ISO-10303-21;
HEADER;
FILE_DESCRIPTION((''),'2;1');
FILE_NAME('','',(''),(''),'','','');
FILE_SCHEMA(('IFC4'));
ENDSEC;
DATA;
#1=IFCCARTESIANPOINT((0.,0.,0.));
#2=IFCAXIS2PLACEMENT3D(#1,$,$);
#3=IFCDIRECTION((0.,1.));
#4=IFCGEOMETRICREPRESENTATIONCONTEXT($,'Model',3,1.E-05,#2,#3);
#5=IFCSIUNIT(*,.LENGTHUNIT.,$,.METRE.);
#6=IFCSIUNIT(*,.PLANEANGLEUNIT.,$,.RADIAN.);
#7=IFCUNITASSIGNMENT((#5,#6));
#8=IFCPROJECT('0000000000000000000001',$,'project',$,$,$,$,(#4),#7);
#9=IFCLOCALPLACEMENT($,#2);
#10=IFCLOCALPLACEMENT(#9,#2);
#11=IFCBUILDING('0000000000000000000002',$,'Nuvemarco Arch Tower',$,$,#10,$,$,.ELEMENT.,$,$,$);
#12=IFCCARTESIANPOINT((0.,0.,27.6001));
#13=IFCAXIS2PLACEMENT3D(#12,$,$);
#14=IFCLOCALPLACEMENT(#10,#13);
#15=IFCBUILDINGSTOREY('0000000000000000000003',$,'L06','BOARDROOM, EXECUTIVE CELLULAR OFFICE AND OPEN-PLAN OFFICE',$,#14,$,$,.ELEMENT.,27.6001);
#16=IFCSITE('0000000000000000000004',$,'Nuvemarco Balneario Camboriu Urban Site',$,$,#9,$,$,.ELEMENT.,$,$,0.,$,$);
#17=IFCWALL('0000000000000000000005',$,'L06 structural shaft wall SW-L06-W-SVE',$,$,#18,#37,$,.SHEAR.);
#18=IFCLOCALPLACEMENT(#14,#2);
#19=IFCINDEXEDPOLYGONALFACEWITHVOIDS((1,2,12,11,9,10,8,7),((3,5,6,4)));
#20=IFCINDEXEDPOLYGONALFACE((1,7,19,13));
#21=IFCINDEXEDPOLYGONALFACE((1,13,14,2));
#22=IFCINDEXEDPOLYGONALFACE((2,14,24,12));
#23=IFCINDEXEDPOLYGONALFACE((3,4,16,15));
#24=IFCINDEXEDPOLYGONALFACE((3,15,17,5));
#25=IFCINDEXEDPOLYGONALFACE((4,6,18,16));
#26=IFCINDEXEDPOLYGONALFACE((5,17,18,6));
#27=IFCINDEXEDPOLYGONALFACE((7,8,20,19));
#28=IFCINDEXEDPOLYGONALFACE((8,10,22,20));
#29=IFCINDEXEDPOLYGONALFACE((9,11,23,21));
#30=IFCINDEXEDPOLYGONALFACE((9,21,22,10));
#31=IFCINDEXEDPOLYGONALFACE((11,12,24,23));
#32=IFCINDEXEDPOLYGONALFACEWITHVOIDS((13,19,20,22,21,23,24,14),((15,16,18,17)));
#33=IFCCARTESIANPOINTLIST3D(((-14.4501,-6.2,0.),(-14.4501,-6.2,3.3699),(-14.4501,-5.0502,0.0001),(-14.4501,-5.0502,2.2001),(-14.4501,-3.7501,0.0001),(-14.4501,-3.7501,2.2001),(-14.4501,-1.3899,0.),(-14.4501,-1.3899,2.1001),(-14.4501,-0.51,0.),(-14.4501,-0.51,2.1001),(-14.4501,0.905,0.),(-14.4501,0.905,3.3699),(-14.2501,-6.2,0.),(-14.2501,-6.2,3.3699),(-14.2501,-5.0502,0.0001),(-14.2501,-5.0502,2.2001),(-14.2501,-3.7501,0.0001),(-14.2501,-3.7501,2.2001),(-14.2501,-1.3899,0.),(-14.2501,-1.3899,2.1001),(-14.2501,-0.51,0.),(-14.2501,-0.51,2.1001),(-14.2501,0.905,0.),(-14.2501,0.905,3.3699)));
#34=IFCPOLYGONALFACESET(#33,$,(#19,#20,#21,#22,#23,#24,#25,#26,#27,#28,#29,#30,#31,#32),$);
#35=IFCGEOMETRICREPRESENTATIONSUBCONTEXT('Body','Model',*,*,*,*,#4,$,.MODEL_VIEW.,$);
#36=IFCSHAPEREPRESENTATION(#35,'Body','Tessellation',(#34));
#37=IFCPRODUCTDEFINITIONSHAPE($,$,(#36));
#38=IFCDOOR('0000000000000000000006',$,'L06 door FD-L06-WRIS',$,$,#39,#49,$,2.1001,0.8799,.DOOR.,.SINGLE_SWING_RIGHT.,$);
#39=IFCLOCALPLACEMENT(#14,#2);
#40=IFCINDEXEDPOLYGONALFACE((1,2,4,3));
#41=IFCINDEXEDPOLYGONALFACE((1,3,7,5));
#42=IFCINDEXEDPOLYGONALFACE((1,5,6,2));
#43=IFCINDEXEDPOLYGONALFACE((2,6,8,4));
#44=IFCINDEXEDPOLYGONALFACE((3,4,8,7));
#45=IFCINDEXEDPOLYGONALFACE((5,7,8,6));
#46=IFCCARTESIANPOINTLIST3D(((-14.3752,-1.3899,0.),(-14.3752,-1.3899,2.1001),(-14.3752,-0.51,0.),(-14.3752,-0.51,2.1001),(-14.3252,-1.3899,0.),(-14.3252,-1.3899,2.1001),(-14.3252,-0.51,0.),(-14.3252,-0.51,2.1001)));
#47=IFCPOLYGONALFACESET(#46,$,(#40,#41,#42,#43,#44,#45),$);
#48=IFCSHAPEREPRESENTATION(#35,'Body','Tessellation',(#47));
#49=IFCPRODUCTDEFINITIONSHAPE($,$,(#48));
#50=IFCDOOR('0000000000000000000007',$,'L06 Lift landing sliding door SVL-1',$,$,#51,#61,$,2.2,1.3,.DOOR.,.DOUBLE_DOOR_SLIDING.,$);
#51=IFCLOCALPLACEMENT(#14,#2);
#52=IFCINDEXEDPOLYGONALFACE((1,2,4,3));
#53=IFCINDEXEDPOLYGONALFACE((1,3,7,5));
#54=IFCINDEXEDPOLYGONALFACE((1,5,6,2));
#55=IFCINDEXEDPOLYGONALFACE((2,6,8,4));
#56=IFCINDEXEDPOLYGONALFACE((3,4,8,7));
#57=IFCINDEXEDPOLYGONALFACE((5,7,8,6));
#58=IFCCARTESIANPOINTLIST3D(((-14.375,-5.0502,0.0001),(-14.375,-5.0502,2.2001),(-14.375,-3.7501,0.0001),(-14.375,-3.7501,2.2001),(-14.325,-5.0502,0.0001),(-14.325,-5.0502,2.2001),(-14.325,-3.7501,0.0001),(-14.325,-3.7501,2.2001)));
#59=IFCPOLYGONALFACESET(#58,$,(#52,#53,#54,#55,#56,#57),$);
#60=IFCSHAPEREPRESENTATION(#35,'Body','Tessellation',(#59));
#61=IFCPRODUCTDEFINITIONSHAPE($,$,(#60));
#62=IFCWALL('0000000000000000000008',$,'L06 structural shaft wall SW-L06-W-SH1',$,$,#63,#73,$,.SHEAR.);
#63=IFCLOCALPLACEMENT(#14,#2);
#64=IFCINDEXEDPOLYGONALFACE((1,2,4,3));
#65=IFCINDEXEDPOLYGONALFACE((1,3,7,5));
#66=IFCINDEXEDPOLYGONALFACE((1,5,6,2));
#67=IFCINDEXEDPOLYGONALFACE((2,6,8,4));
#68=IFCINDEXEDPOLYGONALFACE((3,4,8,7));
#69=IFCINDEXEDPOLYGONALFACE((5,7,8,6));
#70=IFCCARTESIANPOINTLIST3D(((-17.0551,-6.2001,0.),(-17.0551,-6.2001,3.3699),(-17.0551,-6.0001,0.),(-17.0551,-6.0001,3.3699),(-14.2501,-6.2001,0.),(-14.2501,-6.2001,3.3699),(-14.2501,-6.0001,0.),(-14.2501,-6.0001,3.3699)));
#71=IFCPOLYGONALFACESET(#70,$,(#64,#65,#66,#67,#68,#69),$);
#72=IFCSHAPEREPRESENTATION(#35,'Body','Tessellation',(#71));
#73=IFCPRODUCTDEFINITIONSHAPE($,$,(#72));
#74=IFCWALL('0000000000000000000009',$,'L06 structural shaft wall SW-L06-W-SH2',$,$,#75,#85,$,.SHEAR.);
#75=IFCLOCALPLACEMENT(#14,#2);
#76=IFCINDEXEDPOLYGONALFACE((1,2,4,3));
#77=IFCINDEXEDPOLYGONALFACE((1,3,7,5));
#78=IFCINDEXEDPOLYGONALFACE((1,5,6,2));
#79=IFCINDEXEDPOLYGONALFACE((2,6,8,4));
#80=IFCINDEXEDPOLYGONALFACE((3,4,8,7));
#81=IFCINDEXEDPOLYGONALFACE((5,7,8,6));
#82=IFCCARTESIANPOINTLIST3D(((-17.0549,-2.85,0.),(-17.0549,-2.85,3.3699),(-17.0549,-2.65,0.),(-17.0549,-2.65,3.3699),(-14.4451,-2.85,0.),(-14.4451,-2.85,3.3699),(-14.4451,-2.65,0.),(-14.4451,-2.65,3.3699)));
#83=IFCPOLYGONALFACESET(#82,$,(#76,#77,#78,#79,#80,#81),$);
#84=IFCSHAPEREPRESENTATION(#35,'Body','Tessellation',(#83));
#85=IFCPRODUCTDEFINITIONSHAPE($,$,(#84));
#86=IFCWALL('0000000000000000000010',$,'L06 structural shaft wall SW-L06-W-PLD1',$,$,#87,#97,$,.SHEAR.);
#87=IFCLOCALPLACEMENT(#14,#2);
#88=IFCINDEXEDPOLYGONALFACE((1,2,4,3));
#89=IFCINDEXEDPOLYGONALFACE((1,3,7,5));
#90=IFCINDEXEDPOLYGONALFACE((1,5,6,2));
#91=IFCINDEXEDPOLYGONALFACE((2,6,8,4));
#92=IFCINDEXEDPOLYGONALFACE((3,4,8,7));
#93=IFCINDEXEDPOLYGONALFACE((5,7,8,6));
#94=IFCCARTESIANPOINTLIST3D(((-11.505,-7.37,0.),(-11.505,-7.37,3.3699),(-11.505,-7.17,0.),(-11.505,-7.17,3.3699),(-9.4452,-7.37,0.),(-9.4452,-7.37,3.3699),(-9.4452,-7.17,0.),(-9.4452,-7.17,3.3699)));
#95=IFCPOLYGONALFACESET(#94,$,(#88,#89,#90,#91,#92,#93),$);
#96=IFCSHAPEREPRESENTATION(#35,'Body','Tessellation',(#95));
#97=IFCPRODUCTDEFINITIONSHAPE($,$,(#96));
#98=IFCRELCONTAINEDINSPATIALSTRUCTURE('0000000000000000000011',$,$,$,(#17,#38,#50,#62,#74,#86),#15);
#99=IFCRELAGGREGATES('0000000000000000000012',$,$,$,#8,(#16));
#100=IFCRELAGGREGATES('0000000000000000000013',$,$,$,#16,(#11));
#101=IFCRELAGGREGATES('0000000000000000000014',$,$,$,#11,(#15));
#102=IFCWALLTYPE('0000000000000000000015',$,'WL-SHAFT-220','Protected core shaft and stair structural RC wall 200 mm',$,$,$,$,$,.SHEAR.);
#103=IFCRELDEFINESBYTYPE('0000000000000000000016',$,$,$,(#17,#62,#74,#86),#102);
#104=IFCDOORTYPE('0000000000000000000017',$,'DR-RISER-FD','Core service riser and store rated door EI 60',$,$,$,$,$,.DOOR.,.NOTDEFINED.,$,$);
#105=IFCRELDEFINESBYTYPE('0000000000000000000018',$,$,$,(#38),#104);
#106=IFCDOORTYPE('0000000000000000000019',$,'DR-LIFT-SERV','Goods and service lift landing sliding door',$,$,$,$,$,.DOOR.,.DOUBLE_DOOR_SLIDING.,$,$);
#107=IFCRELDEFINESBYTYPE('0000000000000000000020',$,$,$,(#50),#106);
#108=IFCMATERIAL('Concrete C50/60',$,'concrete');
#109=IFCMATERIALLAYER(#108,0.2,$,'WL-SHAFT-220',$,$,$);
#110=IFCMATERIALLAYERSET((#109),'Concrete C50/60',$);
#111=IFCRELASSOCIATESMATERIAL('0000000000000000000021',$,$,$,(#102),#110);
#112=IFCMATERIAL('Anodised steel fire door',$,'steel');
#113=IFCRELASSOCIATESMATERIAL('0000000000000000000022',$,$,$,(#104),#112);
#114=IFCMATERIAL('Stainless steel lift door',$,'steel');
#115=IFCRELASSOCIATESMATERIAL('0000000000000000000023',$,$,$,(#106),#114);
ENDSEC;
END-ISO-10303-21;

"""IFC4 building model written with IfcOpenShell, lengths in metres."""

from ifc_helpers import new_model, si_unit, direction, frame, frame_2d, origin, place, context, subcontext, project, spatial, rectangle, extrude, source, transform, mapped, material, layer, layer_set, type_object, type_shapes, element, fill, save


model = new_model("IFC4")

# Units and contexts
model_context = context("Model", 3, precision=1e-05, world=origin(), true_north=direction((0.0, 1.0)))
body_context = subcontext(model_context, "Body", "Model", "MODEL_VIEW")
ifc_project = project(units=[si_unit("LENGTHUNIT", "METRE"), si_unit("PLANEANGLEUNIT", "RADIAN")], contexts=[model_context])

# Site, building, storey
site_placement = place(None, origin())
site = spatial("IfcSite", under=ifc_project, at=site_placement, Name="Nuvemarco Balneario Camboriu Urban Site", CompositionType="ELEMENT", RefElevation=0.0)
building_placement = place(site_placement, origin())
building = spatial("IfcBuilding", under=site, at=building_placement, Name="Nuvemarco Arch Tower", CompositionType="ELEMENT")
storey_placement = place(building_placement, frame((0.0, 0.0, 27.6001)))
storey = spatial("IfcBuildingStorey", under=building, at=storey_placement, Name="L06", Description="BOARDROOM, EXECUTIVE CELLULAR OFFICE AND OPEN-PLAN OFFICE", CompositionType="ELEMENT", Elevation=27.6001)

# Shared definitions
ifc_material_1 = material(Name="Concrete C50/60", Category="concrete")
ifc_layer_1 = layer(ifc_material_1, 0.2, Name="WL-SHAFT-220")
ifc_layer_set_1 = layer_set([ifc_layer_1], Name="Concrete C50/60")
wall_type_1 = type_object("IfcWallType", Name="WL-SHAFT-220", Description="Protected core shaft and stair structural RC wall 200 mm", PredefinedType="SHEAR", material=ifc_layer_set_1)
ifc_material_2 = material(Name="Stainless steel lift door", Category="steel")

# Wall, openings, doors
wall_1_placement = place(storey_placement, frame((-14.3501, -6.2, 0.0), z_axis=(0.0, 0.0, 1.0), x_axis=(0.0, 1.0, 0.0)))
wall_1 = element("IfcWall", 1, at=wall_1_placement, inside=storey, type_object=wall_type_1, Name="L06 structural shaft wall SW-L06-W-SVE", PredefinedType="SHEAR", context=body_context, shape_type="SweptSolid", body=[
    extrude(rectangle(XDim=7.105, YDim=0.2, at=frame_2d((3.5525, 0.0))), origin(), (0.0, 0.0, 1.0), 3.3699),
])
opening_1_placement = place(wall_1_placement, frame((5.6899, 0.0, 0.0), z_axis=(0.0, 0.0, 1.0), x_axis=(-1.0, 0.0, 0.0)))
opening_1 = element("IfcOpeningElement", 2, at=opening_1_placement, cuts=wall_1, PredefinedType="OPENING", context=body_context, shape_type="SweptSolid", body=[
    extrude(rectangle(XDim=0.8799, YDim=2.1001, at=frame_2d((0.4399, 1.05))), frame((0.0, 0.1099, 0.0), z_axis=(0.0, -1.0, 0.0), x_axis=(1.0, 0.0, 0.0)), (0.0, 0.0, 1.0), 0.22),
])
opening_2_placement = place(wall_1_placement, frame((1.1499, 0.0, 0.0)))
opening_2 = element("IfcOpeningElement", 3, at=opening_2_placement, cuts=wall_1, PredefinedType="OPENING", context=body_context, shape_type="SweptSolid", body=[
    extrude(rectangle(XDim=1.3, YDim=2.2, at=frame_2d((0.6499, 1.1001))), frame((0.0, 0.1099, 0.0), z_axis=(0.0, -1.0, 0.0), x_axis=(1.0, 0.0, 0.0)), (0.0, 0.0, 1.0), 0.22),
])
ifc_material_3 = material(Name="Anodised steel fire door", Category="steel")
door_type_1 = type_object("IfcDoorType", Name="DR-RISER-FD", Description="Core service riser and store rated door EI 60", OperationType="NOTDEFINED", PredefinedType="DOOR", material=ifc_material_3)
shared_shape_1 = source(origin(), body_context, "Body", "SweptSolid", [
    extrude(rectangle(XDim=0.8799, YDim=2.1001, at=frame_2d((0.4399, 1.05))), frame((0.0, 0.0249, 0.0), z_axis=(0.0, -1.0, 0.0), x_axis=(1.0, 0.0, 0.0)), (0.0, 0.0, 1.0), 0.05),
])
type_shapes(door_type_1, [shared_shape_1])
door_1_placement = place(opening_1_placement, origin())
door_1 = element("IfcDoor", 4, at=door_1_placement, inside=storey, type_object=door_type_1, Name="L06 door FD-L06-WRIS", OperationType="SINGLE_SWING_RIGHT", OverallHeight=2.1001, OverallWidth=0.8799, PredefinedType="DOOR", context=body_context, shape_type="MappedRepresentation", body=[
    mapped(shared_shape_1, transform((0.0, 0.0, 0.0), scale=1.0)),
])
fill(opening_1, door_1)
door_type_2 = type_object("IfcDoorType", Name="DR-LIFT-SERV", Description="Goods and service lift landing sliding door", OperationType="DOUBLE_DOOR_SLIDING", PredefinedType="DOOR", material=ifc_material_2)
shared_shape_2 = source(origin(), body_context, "Body", "SweptSolid", [
    extrude(rectangle(XDim=1.3, YDim=2.2, at=frame_2d((0.6499, 1.1001))), frame((0.0, 0.0249, 0.0), z_axis=(0.0, -1.0, 0.0), x_axis=(1.0, 0.0, 0.0)), (0.0, 0.0, 1.0), 0.05),
])
type_shapes(door_type_2, [shared_shape_2])
door_2_placement = place(opening_2_placement, origin())
door_2 = element("IfcDoor", 5, at=door_2_placement, inside=storey, type_object=door_type_2, Name="L06 Lift landing sliding door SVL-1", OperationType="DOUBLE_DOOR_SLIDING", OverallHeight=2.2, OverallWidth=1.3, PredefinedType="DOOR", context=body_context, shape_type="MappedRepresentation", body=[
    mapped(shared_shape_2, transform((0.0, 0.0, 0.0), scale=1.0)),
])
fill(opening_2, door_2)

# Walls
wall_2_placement = place(storey_placement, frame((-17.0549, -6.1001, 0.0), z_axis=(0.0, 0.0, 1.0), x_axis=(1.0, 0.0, 0.0)))
element("IfcWall", 6, at=wall_2_placement, inside=storey, type_object=wall_type_1, Name="L06 structural shaft wall SW-L06-W-SH1", PredefinedType="SHEAR", context=body_context, shape_type="SweptSolid", body=[
    extrude(rectangle(XDim=2.8049, YDim=0.2, at=frame_2d((1.4023, 0.0))), origin(), (0.0, 0.0, 1.0), 3.3699),
])
wall_3_placement = place(storey_placement, frame((-17.0549, -2.75, 0.0), z_axis=(0.0, 0.0, 1.0), x_axis=(1.0, 0.0, 0.0)))
element("IfcWall", 7, at=wall_3_placement, inside=storey, type_object=wall_type_1, Name="L06 structural shaft wall SW-L06-W-SH2", PredefinedType="SHEAR", context=body_context, shape_type="SweptSolid", body=[
    extrude(rectangle(XDim=2.6099, YDim=0.2, at=frame_2d((1.3049, 0.0))), origin(), (0.0, 0.0, 1.0), 3.3699),
])

# Wall
wall_4_placement = place(storey_placement, frame((-11.5049, -7.27, 0.0), z_axis=(0.0, 0.0, 1.0), x_axis=(1.0, 0.0, 0.0)))
element("IfcWall", 8, at=wall_4_placement, inside=storey, type_object=wall_type_1, Name="L06 structural shaft wall SW-L06-W-PLD1", PredefinedType="SHEAR", context=body_context, shape_type="SweptSolid", body=[
    extrude(rectangle(XDim=2.0598, YDim=0.2, at=frame_2d((1.0298, 0.0))), origin(), (0.0, 0.0, 1.0), 3.3699),
])

save(model, "model.ifc")
